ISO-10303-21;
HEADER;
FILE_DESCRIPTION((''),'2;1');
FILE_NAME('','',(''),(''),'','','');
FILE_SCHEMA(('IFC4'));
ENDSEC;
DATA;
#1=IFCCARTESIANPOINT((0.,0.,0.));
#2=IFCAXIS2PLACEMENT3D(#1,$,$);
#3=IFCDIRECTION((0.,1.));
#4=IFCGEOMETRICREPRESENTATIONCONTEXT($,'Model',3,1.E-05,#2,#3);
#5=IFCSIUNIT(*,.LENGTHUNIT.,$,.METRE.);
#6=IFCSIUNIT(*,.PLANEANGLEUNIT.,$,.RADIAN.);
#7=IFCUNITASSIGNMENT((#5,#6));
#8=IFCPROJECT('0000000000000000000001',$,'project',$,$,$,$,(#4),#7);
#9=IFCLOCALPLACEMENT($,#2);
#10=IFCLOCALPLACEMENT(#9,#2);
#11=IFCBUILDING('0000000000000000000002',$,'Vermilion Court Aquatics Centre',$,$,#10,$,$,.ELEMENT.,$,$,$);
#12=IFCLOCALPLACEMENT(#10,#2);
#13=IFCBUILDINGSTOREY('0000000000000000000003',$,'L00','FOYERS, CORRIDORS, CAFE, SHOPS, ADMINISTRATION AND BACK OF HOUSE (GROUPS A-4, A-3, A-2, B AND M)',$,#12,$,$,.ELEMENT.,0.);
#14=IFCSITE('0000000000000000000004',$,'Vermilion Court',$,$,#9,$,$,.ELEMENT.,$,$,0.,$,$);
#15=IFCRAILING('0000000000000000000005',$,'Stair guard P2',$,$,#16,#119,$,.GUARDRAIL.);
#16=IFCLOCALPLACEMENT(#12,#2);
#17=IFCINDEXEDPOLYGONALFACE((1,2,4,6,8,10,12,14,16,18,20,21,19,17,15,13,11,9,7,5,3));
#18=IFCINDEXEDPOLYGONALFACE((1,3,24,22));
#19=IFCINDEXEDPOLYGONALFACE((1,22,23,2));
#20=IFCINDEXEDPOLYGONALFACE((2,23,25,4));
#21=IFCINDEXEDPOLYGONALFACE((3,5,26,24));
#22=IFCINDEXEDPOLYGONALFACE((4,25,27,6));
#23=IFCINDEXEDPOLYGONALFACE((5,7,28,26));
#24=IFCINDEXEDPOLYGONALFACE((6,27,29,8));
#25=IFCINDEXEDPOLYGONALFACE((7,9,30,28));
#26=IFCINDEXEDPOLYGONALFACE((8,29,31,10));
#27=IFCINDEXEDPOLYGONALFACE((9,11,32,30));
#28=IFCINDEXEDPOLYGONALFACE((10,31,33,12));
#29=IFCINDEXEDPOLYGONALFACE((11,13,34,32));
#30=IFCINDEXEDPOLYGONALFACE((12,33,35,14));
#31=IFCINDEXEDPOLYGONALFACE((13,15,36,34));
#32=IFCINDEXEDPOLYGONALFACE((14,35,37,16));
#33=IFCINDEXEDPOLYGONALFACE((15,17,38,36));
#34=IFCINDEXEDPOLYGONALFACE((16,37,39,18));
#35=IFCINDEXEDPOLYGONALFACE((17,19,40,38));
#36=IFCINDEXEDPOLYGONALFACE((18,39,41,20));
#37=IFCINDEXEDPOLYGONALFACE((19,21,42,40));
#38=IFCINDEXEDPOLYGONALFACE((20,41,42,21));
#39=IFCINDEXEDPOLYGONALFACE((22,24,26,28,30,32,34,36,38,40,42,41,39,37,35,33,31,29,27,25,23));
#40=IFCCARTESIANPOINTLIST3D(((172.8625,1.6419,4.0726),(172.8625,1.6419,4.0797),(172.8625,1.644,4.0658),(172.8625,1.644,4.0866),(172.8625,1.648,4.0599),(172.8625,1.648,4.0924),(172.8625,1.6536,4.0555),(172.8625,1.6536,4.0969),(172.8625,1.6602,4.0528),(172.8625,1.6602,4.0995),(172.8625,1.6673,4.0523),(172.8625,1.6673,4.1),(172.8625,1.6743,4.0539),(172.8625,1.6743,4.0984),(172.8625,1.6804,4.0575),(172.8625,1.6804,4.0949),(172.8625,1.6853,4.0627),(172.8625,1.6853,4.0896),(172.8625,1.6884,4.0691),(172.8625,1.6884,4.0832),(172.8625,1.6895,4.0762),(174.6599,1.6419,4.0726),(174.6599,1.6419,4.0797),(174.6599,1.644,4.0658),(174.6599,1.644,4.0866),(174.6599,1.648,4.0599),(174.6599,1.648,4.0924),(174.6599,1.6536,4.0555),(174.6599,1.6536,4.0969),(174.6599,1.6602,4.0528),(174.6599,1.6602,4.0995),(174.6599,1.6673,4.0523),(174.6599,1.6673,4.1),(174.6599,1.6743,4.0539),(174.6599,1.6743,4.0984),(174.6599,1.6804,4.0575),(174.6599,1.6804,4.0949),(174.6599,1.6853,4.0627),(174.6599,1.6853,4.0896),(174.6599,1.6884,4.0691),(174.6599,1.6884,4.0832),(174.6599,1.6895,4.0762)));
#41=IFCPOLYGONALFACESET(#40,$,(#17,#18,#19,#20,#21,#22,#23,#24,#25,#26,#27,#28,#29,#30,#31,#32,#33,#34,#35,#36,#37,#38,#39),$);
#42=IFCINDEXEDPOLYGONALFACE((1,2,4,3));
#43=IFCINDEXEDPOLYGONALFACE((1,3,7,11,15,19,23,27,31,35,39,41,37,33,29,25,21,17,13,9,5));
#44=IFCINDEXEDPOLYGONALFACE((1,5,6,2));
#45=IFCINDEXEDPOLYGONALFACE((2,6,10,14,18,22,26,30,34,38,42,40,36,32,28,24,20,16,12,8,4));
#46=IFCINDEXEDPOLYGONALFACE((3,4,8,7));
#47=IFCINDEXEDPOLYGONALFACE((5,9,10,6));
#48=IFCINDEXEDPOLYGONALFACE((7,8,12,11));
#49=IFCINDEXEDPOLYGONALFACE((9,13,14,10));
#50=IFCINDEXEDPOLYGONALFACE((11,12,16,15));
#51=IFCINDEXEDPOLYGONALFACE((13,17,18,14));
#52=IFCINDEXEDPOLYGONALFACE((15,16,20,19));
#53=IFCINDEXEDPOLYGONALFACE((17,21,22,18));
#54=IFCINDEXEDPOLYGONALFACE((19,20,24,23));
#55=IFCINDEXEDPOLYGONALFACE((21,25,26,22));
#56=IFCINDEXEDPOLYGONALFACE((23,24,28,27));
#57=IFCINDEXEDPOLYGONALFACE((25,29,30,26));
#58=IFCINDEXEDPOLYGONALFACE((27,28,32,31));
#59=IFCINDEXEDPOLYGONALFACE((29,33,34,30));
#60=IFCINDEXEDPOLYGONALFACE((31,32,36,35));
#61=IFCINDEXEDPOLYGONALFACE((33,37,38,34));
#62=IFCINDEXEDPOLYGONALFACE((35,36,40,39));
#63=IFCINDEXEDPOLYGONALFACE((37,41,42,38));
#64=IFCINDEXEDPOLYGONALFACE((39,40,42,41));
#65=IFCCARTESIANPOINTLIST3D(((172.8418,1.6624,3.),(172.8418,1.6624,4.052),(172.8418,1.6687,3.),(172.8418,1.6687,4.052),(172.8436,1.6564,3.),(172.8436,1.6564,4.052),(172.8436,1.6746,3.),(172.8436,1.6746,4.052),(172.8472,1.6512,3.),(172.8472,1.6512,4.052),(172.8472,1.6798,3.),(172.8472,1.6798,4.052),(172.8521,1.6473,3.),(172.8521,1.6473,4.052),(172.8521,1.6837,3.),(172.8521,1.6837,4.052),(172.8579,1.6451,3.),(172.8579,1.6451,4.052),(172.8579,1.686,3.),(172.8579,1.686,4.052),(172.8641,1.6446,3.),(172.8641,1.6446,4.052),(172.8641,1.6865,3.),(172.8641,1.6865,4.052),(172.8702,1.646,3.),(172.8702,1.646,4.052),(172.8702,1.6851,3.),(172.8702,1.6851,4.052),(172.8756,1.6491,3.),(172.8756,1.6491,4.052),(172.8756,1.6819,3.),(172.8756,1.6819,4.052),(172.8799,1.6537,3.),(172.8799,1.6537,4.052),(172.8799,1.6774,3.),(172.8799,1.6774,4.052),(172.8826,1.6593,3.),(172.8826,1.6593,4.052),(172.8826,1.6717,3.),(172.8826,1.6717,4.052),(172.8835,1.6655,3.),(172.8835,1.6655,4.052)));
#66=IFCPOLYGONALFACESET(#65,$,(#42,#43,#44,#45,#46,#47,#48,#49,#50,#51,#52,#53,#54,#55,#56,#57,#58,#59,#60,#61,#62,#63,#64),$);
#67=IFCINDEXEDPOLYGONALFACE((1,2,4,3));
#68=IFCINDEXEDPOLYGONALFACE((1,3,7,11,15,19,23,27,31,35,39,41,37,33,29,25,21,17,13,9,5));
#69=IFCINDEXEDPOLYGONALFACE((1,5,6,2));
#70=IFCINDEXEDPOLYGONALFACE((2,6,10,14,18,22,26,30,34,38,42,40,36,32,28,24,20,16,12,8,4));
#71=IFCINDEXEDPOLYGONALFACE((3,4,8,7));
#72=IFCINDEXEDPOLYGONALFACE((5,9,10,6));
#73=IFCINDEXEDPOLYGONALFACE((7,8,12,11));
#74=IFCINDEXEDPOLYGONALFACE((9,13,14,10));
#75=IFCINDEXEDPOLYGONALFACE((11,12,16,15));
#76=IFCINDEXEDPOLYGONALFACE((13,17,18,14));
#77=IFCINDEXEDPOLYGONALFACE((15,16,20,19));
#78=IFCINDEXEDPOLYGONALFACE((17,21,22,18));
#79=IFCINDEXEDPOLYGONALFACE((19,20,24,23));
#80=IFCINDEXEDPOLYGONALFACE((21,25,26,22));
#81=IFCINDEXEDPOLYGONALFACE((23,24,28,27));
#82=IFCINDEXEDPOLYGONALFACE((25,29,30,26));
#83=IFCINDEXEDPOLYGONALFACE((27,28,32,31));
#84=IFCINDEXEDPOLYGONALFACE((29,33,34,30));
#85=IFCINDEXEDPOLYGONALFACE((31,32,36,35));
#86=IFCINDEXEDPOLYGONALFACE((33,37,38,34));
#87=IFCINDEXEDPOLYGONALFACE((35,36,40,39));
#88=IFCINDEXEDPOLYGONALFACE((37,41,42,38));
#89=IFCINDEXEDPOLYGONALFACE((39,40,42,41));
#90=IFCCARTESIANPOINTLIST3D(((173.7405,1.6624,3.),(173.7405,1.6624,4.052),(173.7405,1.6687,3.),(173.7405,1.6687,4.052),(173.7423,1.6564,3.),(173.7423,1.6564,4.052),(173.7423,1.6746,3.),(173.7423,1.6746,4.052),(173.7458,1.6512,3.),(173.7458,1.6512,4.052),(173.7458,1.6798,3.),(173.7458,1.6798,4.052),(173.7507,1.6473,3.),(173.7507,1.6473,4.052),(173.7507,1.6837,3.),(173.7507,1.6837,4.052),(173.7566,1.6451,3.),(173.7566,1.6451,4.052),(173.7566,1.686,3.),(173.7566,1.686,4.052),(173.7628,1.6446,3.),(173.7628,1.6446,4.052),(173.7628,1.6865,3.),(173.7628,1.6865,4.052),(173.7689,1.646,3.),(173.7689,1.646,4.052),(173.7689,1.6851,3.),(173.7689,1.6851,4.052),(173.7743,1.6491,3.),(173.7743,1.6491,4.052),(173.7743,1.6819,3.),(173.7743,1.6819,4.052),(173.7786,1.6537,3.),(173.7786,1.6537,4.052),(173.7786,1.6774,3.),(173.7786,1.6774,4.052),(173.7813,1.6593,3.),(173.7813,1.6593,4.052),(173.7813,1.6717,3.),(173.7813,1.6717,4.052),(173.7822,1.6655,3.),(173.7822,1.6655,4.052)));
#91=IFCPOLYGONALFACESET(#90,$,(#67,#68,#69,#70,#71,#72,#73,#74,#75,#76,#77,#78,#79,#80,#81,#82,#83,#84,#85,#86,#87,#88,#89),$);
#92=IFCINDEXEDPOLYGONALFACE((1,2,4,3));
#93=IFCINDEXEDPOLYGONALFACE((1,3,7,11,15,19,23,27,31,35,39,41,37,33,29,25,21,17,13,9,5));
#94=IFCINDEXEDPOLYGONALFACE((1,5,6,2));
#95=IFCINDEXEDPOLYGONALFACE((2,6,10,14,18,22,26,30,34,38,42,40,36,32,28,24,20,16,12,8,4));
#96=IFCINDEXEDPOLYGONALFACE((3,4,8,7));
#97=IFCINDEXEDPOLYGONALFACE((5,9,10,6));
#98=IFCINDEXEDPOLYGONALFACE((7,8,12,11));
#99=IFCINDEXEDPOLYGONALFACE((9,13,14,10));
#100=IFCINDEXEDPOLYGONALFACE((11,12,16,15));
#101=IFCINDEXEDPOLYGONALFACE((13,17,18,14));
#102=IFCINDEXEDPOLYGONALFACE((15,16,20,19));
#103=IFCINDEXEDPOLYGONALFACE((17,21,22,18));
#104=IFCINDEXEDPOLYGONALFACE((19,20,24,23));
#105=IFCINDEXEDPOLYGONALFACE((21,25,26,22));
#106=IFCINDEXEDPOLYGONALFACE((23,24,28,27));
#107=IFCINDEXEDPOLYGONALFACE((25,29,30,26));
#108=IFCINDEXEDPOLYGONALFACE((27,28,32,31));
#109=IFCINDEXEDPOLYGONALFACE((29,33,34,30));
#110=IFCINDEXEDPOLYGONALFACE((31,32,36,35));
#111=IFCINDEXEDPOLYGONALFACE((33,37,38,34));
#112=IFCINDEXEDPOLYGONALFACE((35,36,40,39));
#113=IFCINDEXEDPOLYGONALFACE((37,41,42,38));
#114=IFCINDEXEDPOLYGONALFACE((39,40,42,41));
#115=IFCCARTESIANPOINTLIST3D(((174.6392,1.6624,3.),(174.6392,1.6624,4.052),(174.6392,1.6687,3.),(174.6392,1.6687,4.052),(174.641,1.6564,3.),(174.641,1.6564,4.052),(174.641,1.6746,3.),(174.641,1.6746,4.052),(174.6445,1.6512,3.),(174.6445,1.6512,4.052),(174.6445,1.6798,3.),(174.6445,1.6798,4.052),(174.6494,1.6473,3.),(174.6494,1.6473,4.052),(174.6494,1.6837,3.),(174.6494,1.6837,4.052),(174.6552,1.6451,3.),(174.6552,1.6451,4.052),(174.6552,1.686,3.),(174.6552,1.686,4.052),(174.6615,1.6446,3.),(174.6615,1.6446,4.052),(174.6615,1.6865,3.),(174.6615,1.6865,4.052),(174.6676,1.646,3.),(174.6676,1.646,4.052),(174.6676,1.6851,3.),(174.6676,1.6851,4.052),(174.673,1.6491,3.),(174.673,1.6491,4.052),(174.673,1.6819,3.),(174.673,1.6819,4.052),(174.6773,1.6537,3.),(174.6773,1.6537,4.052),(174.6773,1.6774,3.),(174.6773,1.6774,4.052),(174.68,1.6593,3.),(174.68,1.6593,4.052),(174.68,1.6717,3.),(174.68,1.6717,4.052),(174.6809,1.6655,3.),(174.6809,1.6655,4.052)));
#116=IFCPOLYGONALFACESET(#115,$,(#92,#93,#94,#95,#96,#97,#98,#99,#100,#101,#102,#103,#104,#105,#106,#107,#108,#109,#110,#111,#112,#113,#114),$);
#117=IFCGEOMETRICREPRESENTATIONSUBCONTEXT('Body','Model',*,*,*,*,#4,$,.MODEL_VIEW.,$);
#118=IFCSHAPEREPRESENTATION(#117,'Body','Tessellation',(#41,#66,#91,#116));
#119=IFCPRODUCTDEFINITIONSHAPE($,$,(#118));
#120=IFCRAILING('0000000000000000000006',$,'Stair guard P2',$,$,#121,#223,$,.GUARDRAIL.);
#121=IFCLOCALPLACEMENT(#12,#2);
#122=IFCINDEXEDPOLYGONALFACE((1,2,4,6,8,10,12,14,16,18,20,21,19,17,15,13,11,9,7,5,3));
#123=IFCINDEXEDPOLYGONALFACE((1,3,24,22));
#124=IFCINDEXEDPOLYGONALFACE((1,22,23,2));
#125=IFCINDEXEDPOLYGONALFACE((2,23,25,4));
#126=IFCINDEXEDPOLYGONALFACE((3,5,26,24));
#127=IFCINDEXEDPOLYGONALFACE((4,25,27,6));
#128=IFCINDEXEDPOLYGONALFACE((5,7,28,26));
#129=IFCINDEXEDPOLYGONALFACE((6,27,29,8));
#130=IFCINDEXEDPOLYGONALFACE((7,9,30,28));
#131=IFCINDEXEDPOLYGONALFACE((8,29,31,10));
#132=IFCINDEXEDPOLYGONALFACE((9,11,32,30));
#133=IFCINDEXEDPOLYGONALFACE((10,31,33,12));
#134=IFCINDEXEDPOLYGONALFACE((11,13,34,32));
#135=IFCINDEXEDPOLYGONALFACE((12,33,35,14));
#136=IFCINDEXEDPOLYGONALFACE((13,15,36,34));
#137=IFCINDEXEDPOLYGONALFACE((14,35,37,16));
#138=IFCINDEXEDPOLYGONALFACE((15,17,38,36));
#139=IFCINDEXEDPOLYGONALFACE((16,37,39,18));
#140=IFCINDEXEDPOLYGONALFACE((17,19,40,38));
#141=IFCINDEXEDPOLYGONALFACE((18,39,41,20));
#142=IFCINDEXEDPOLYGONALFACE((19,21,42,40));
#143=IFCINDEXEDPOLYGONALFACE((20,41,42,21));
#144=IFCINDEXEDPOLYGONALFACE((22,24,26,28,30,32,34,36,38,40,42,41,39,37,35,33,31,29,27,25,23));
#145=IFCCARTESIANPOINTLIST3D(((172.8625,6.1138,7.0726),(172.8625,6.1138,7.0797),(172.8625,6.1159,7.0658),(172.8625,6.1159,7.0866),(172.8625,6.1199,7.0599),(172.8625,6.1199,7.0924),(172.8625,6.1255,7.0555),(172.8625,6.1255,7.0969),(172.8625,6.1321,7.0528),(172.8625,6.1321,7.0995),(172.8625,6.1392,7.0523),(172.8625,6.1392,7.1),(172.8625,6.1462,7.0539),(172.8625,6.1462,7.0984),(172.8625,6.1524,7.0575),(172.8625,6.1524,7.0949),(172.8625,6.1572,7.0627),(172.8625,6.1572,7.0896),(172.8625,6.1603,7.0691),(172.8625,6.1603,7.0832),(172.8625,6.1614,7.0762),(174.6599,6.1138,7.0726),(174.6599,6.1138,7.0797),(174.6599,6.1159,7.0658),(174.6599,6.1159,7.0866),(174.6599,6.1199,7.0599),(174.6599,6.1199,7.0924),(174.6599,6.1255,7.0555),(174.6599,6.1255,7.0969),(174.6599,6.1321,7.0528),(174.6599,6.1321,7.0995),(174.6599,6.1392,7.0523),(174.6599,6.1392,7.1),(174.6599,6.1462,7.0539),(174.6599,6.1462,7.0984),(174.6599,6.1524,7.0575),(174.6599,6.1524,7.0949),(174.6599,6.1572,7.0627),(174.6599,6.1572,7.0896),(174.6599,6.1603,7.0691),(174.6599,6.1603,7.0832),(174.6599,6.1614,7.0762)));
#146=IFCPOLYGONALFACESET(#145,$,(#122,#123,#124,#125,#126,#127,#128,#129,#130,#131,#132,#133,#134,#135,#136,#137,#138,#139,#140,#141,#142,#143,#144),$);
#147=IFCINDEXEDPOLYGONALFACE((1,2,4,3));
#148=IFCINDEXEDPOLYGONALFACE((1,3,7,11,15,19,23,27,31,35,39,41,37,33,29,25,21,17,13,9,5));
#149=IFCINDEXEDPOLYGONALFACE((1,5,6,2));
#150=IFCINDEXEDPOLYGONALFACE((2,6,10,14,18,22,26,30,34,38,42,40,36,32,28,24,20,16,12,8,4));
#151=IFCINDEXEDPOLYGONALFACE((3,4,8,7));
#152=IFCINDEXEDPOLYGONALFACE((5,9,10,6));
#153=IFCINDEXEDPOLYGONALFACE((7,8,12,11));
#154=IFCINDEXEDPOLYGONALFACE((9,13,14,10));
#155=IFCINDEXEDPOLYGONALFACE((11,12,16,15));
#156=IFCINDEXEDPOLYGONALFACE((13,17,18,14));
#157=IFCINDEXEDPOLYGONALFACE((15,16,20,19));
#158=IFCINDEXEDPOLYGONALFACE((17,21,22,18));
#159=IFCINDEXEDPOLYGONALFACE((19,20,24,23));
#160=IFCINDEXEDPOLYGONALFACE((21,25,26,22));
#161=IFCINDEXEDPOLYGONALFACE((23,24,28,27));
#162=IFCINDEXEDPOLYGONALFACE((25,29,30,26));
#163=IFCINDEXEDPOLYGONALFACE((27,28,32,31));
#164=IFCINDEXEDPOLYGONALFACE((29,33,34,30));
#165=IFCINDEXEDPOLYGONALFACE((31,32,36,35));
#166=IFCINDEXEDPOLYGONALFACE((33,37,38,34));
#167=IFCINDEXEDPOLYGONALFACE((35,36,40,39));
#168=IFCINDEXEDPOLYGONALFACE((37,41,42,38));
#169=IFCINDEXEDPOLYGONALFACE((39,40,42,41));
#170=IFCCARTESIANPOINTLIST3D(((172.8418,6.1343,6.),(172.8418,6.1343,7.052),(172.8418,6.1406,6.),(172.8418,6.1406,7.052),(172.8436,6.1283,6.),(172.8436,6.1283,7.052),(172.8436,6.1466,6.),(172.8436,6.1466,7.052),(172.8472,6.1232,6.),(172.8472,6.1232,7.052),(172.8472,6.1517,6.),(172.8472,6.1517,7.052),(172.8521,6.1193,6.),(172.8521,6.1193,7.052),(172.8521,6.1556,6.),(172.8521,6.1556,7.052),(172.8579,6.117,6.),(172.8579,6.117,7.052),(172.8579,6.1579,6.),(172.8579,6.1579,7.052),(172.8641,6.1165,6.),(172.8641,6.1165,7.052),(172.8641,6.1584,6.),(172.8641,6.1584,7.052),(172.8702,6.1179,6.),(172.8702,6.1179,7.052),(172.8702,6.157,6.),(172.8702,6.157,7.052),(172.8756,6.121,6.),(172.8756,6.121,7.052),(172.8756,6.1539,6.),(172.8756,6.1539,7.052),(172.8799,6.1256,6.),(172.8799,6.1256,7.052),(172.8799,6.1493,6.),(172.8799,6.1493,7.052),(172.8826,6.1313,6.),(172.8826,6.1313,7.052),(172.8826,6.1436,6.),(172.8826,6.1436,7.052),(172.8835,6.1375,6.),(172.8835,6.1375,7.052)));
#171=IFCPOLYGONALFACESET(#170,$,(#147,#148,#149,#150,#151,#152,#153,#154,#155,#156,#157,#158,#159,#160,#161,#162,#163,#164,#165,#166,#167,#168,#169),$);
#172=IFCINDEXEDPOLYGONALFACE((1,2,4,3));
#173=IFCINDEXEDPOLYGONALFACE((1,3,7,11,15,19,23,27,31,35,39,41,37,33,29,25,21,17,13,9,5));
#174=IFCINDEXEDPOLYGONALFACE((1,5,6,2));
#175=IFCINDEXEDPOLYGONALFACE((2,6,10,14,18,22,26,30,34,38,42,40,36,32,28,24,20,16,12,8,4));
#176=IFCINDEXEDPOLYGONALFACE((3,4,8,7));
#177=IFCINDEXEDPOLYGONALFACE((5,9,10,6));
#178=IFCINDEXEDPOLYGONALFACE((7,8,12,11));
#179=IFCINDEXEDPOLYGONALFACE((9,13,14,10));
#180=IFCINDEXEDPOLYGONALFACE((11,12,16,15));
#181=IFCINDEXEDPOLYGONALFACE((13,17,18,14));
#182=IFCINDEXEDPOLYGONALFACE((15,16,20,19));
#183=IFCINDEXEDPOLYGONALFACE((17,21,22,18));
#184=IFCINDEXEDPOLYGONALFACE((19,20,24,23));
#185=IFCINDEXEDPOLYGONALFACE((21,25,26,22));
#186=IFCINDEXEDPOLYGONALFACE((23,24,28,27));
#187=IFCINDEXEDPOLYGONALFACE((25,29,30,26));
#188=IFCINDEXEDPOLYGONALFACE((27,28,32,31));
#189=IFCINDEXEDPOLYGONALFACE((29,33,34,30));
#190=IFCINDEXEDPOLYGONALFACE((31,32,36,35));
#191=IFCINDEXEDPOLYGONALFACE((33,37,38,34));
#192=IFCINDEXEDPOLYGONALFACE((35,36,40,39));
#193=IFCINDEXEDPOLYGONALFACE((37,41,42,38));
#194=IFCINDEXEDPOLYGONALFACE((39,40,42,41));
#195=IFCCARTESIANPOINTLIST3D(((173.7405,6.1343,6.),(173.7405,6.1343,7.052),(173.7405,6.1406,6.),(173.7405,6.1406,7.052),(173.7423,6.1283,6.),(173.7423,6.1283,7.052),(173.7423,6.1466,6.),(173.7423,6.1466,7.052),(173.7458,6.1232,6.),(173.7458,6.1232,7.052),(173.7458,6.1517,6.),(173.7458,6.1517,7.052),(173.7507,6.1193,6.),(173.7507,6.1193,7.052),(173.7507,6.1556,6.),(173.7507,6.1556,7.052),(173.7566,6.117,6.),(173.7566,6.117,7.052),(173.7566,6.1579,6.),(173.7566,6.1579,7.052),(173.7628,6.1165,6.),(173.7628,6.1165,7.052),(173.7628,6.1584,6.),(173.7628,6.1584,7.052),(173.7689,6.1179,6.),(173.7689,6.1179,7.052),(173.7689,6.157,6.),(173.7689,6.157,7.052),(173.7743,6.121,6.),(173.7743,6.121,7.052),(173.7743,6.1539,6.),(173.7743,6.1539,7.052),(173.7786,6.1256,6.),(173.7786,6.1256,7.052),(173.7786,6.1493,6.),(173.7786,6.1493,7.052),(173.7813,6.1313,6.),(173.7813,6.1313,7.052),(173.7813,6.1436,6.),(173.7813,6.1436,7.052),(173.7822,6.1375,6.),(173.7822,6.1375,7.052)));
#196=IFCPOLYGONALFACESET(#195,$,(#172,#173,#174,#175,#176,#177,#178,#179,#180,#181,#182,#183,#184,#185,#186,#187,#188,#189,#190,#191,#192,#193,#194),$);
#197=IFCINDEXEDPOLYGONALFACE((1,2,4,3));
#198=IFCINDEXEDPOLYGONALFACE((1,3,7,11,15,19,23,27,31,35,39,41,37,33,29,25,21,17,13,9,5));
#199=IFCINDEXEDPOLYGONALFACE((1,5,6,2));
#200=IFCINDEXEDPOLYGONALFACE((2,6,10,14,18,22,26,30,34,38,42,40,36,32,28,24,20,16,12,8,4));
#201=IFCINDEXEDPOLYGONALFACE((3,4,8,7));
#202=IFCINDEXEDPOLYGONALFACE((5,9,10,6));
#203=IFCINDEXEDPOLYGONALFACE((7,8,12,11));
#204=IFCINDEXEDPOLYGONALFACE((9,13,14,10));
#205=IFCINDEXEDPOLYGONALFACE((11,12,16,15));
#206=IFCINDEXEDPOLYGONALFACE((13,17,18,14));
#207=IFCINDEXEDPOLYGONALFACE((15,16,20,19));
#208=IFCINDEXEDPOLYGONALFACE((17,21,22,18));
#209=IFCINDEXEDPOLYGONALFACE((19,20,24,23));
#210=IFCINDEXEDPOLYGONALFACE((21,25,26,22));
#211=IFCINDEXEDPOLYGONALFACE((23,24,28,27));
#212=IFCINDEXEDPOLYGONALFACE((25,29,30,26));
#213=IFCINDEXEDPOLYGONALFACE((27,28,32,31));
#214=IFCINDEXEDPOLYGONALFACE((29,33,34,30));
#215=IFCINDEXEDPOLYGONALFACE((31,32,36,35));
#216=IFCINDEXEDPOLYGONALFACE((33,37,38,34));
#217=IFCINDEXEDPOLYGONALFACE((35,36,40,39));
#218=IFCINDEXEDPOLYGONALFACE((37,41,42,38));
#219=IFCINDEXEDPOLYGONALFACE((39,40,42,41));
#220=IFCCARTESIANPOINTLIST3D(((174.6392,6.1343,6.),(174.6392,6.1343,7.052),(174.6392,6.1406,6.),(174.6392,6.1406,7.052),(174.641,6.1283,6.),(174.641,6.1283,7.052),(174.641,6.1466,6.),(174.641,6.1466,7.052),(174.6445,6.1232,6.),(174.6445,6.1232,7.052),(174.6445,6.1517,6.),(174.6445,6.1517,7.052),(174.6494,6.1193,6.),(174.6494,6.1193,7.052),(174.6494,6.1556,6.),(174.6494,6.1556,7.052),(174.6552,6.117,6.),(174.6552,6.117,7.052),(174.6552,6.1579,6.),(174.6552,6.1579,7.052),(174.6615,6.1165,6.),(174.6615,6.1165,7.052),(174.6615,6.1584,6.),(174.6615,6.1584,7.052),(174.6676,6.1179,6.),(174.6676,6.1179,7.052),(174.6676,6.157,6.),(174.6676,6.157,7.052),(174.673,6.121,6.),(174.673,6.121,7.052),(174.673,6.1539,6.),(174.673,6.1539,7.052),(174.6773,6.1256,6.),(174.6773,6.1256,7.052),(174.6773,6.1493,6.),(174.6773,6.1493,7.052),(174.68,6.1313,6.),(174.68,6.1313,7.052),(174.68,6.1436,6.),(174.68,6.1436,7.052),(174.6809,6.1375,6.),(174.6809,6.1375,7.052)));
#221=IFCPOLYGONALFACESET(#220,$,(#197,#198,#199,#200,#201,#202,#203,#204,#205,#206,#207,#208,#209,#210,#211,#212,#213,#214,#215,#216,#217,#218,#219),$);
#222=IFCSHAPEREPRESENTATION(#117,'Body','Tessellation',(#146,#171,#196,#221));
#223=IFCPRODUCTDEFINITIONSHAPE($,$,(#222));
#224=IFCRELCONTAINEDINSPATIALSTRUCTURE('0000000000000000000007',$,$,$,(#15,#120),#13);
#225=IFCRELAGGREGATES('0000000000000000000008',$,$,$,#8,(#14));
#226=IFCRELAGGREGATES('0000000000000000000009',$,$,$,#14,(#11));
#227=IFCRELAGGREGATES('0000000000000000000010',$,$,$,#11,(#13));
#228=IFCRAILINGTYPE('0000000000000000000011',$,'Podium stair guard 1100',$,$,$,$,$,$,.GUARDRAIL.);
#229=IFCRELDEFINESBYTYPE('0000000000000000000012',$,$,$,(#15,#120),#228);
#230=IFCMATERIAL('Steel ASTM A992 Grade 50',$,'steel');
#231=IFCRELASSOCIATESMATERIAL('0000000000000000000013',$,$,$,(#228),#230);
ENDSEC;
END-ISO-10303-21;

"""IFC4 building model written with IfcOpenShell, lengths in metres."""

from ifc_helpers import new_model, si_unit, direction, frame, origin, origin_2d, place, context, subcontext, project, spatial, circle, extrude, material, type_object, element, save


model = new_model("IFC4")

# Units and contexts
model_context = context("Model", 3, precision=1e-05, world=origin(), true_north=direction((0.0, 1.0)))
body_context = subcontext(model_context, "Body", "Model", "MODEL_VIEW")
ifc_project = project(units=[si_unit("LENGTHUNIT", "METRE"), si_unit("PLANEANGLEUNIT", "RADIAN")], contexts=[model_context])

# Site, building, storey
site_placement = place(None, origin())
site = spatial("IfcSite", under=ifc_project, at=site_placement, Name="Vermilion Court", CompositionType="ELEMENT", RefElevation=0.0)
building_placement = place(site_placement, origin())
building = spatial("IfcBuilding", under=site, at=building_placement, Name="Vermilion Court Aquatics Centre", CompositionType="ELEMENT")
storey_placement = place(building_placement, origin())
storey = spatial("IfcBuildingStorey", under=building, at=storey_placement, Name="L00", Description="FOYERS, CORRIDORS, CAFE, SHOPS, ADMINISTRATION AND BACK OF HOUSE (GROUPS A-4, A-3, A-2, B AND M)", CompositionType="ELEMENT", Elevation=0.0)

# Railings
ifc_material_1 = material(Name="Steel ASTM A992 Grade 50", Category="steel")
railing_type_1 = type_object("IfcRailingType", Name="Podium stair guard 1100", PredefinedType="GUARDRAIL", material=ifc_material_1)
for number, where, name in (
    (1, (172.8625, 1.6655, 3.0), "Stair guard P2"),
    (2, (172.8625, 6.1375, 6.0), "Stair guard P2"),
):
    element("IfcRailing", number, at=place(storey_placement, frame(where)), inside=storey, type_object=railing_type_1, Name=name, PredefinedType="GUARDRAIL", context=body_context, shape_type="SweptSolid", body=[
        extrude(circle(Radius=0.0239, at=origin_2d()), frame((0.0, 0.0, 1.0762), z_axis=(1.0, 0.0, 0.0), x_axis=(0.0, 1.0, 0.0)), (0.0, 0.0, 1.0), 1.7974),
        extrude(circle(Radius=0.021, at=origin_2d()), origin(), (0.0, 0.0, 1.0), 1.052),
        extrude(circle(Radius=0.021, at=origin_2d()), frame((0.8987, 0.0, 0.0)), (0.0, 0.0, 1.0), 1.052),
        extrude(circle(Radius=0.021, at=origin_2d()), frame((1.7974, 0.0, 0.0)), (0.0, 0.0, 1.0), 1.052),
    ])

save(model, "model.ifc")
